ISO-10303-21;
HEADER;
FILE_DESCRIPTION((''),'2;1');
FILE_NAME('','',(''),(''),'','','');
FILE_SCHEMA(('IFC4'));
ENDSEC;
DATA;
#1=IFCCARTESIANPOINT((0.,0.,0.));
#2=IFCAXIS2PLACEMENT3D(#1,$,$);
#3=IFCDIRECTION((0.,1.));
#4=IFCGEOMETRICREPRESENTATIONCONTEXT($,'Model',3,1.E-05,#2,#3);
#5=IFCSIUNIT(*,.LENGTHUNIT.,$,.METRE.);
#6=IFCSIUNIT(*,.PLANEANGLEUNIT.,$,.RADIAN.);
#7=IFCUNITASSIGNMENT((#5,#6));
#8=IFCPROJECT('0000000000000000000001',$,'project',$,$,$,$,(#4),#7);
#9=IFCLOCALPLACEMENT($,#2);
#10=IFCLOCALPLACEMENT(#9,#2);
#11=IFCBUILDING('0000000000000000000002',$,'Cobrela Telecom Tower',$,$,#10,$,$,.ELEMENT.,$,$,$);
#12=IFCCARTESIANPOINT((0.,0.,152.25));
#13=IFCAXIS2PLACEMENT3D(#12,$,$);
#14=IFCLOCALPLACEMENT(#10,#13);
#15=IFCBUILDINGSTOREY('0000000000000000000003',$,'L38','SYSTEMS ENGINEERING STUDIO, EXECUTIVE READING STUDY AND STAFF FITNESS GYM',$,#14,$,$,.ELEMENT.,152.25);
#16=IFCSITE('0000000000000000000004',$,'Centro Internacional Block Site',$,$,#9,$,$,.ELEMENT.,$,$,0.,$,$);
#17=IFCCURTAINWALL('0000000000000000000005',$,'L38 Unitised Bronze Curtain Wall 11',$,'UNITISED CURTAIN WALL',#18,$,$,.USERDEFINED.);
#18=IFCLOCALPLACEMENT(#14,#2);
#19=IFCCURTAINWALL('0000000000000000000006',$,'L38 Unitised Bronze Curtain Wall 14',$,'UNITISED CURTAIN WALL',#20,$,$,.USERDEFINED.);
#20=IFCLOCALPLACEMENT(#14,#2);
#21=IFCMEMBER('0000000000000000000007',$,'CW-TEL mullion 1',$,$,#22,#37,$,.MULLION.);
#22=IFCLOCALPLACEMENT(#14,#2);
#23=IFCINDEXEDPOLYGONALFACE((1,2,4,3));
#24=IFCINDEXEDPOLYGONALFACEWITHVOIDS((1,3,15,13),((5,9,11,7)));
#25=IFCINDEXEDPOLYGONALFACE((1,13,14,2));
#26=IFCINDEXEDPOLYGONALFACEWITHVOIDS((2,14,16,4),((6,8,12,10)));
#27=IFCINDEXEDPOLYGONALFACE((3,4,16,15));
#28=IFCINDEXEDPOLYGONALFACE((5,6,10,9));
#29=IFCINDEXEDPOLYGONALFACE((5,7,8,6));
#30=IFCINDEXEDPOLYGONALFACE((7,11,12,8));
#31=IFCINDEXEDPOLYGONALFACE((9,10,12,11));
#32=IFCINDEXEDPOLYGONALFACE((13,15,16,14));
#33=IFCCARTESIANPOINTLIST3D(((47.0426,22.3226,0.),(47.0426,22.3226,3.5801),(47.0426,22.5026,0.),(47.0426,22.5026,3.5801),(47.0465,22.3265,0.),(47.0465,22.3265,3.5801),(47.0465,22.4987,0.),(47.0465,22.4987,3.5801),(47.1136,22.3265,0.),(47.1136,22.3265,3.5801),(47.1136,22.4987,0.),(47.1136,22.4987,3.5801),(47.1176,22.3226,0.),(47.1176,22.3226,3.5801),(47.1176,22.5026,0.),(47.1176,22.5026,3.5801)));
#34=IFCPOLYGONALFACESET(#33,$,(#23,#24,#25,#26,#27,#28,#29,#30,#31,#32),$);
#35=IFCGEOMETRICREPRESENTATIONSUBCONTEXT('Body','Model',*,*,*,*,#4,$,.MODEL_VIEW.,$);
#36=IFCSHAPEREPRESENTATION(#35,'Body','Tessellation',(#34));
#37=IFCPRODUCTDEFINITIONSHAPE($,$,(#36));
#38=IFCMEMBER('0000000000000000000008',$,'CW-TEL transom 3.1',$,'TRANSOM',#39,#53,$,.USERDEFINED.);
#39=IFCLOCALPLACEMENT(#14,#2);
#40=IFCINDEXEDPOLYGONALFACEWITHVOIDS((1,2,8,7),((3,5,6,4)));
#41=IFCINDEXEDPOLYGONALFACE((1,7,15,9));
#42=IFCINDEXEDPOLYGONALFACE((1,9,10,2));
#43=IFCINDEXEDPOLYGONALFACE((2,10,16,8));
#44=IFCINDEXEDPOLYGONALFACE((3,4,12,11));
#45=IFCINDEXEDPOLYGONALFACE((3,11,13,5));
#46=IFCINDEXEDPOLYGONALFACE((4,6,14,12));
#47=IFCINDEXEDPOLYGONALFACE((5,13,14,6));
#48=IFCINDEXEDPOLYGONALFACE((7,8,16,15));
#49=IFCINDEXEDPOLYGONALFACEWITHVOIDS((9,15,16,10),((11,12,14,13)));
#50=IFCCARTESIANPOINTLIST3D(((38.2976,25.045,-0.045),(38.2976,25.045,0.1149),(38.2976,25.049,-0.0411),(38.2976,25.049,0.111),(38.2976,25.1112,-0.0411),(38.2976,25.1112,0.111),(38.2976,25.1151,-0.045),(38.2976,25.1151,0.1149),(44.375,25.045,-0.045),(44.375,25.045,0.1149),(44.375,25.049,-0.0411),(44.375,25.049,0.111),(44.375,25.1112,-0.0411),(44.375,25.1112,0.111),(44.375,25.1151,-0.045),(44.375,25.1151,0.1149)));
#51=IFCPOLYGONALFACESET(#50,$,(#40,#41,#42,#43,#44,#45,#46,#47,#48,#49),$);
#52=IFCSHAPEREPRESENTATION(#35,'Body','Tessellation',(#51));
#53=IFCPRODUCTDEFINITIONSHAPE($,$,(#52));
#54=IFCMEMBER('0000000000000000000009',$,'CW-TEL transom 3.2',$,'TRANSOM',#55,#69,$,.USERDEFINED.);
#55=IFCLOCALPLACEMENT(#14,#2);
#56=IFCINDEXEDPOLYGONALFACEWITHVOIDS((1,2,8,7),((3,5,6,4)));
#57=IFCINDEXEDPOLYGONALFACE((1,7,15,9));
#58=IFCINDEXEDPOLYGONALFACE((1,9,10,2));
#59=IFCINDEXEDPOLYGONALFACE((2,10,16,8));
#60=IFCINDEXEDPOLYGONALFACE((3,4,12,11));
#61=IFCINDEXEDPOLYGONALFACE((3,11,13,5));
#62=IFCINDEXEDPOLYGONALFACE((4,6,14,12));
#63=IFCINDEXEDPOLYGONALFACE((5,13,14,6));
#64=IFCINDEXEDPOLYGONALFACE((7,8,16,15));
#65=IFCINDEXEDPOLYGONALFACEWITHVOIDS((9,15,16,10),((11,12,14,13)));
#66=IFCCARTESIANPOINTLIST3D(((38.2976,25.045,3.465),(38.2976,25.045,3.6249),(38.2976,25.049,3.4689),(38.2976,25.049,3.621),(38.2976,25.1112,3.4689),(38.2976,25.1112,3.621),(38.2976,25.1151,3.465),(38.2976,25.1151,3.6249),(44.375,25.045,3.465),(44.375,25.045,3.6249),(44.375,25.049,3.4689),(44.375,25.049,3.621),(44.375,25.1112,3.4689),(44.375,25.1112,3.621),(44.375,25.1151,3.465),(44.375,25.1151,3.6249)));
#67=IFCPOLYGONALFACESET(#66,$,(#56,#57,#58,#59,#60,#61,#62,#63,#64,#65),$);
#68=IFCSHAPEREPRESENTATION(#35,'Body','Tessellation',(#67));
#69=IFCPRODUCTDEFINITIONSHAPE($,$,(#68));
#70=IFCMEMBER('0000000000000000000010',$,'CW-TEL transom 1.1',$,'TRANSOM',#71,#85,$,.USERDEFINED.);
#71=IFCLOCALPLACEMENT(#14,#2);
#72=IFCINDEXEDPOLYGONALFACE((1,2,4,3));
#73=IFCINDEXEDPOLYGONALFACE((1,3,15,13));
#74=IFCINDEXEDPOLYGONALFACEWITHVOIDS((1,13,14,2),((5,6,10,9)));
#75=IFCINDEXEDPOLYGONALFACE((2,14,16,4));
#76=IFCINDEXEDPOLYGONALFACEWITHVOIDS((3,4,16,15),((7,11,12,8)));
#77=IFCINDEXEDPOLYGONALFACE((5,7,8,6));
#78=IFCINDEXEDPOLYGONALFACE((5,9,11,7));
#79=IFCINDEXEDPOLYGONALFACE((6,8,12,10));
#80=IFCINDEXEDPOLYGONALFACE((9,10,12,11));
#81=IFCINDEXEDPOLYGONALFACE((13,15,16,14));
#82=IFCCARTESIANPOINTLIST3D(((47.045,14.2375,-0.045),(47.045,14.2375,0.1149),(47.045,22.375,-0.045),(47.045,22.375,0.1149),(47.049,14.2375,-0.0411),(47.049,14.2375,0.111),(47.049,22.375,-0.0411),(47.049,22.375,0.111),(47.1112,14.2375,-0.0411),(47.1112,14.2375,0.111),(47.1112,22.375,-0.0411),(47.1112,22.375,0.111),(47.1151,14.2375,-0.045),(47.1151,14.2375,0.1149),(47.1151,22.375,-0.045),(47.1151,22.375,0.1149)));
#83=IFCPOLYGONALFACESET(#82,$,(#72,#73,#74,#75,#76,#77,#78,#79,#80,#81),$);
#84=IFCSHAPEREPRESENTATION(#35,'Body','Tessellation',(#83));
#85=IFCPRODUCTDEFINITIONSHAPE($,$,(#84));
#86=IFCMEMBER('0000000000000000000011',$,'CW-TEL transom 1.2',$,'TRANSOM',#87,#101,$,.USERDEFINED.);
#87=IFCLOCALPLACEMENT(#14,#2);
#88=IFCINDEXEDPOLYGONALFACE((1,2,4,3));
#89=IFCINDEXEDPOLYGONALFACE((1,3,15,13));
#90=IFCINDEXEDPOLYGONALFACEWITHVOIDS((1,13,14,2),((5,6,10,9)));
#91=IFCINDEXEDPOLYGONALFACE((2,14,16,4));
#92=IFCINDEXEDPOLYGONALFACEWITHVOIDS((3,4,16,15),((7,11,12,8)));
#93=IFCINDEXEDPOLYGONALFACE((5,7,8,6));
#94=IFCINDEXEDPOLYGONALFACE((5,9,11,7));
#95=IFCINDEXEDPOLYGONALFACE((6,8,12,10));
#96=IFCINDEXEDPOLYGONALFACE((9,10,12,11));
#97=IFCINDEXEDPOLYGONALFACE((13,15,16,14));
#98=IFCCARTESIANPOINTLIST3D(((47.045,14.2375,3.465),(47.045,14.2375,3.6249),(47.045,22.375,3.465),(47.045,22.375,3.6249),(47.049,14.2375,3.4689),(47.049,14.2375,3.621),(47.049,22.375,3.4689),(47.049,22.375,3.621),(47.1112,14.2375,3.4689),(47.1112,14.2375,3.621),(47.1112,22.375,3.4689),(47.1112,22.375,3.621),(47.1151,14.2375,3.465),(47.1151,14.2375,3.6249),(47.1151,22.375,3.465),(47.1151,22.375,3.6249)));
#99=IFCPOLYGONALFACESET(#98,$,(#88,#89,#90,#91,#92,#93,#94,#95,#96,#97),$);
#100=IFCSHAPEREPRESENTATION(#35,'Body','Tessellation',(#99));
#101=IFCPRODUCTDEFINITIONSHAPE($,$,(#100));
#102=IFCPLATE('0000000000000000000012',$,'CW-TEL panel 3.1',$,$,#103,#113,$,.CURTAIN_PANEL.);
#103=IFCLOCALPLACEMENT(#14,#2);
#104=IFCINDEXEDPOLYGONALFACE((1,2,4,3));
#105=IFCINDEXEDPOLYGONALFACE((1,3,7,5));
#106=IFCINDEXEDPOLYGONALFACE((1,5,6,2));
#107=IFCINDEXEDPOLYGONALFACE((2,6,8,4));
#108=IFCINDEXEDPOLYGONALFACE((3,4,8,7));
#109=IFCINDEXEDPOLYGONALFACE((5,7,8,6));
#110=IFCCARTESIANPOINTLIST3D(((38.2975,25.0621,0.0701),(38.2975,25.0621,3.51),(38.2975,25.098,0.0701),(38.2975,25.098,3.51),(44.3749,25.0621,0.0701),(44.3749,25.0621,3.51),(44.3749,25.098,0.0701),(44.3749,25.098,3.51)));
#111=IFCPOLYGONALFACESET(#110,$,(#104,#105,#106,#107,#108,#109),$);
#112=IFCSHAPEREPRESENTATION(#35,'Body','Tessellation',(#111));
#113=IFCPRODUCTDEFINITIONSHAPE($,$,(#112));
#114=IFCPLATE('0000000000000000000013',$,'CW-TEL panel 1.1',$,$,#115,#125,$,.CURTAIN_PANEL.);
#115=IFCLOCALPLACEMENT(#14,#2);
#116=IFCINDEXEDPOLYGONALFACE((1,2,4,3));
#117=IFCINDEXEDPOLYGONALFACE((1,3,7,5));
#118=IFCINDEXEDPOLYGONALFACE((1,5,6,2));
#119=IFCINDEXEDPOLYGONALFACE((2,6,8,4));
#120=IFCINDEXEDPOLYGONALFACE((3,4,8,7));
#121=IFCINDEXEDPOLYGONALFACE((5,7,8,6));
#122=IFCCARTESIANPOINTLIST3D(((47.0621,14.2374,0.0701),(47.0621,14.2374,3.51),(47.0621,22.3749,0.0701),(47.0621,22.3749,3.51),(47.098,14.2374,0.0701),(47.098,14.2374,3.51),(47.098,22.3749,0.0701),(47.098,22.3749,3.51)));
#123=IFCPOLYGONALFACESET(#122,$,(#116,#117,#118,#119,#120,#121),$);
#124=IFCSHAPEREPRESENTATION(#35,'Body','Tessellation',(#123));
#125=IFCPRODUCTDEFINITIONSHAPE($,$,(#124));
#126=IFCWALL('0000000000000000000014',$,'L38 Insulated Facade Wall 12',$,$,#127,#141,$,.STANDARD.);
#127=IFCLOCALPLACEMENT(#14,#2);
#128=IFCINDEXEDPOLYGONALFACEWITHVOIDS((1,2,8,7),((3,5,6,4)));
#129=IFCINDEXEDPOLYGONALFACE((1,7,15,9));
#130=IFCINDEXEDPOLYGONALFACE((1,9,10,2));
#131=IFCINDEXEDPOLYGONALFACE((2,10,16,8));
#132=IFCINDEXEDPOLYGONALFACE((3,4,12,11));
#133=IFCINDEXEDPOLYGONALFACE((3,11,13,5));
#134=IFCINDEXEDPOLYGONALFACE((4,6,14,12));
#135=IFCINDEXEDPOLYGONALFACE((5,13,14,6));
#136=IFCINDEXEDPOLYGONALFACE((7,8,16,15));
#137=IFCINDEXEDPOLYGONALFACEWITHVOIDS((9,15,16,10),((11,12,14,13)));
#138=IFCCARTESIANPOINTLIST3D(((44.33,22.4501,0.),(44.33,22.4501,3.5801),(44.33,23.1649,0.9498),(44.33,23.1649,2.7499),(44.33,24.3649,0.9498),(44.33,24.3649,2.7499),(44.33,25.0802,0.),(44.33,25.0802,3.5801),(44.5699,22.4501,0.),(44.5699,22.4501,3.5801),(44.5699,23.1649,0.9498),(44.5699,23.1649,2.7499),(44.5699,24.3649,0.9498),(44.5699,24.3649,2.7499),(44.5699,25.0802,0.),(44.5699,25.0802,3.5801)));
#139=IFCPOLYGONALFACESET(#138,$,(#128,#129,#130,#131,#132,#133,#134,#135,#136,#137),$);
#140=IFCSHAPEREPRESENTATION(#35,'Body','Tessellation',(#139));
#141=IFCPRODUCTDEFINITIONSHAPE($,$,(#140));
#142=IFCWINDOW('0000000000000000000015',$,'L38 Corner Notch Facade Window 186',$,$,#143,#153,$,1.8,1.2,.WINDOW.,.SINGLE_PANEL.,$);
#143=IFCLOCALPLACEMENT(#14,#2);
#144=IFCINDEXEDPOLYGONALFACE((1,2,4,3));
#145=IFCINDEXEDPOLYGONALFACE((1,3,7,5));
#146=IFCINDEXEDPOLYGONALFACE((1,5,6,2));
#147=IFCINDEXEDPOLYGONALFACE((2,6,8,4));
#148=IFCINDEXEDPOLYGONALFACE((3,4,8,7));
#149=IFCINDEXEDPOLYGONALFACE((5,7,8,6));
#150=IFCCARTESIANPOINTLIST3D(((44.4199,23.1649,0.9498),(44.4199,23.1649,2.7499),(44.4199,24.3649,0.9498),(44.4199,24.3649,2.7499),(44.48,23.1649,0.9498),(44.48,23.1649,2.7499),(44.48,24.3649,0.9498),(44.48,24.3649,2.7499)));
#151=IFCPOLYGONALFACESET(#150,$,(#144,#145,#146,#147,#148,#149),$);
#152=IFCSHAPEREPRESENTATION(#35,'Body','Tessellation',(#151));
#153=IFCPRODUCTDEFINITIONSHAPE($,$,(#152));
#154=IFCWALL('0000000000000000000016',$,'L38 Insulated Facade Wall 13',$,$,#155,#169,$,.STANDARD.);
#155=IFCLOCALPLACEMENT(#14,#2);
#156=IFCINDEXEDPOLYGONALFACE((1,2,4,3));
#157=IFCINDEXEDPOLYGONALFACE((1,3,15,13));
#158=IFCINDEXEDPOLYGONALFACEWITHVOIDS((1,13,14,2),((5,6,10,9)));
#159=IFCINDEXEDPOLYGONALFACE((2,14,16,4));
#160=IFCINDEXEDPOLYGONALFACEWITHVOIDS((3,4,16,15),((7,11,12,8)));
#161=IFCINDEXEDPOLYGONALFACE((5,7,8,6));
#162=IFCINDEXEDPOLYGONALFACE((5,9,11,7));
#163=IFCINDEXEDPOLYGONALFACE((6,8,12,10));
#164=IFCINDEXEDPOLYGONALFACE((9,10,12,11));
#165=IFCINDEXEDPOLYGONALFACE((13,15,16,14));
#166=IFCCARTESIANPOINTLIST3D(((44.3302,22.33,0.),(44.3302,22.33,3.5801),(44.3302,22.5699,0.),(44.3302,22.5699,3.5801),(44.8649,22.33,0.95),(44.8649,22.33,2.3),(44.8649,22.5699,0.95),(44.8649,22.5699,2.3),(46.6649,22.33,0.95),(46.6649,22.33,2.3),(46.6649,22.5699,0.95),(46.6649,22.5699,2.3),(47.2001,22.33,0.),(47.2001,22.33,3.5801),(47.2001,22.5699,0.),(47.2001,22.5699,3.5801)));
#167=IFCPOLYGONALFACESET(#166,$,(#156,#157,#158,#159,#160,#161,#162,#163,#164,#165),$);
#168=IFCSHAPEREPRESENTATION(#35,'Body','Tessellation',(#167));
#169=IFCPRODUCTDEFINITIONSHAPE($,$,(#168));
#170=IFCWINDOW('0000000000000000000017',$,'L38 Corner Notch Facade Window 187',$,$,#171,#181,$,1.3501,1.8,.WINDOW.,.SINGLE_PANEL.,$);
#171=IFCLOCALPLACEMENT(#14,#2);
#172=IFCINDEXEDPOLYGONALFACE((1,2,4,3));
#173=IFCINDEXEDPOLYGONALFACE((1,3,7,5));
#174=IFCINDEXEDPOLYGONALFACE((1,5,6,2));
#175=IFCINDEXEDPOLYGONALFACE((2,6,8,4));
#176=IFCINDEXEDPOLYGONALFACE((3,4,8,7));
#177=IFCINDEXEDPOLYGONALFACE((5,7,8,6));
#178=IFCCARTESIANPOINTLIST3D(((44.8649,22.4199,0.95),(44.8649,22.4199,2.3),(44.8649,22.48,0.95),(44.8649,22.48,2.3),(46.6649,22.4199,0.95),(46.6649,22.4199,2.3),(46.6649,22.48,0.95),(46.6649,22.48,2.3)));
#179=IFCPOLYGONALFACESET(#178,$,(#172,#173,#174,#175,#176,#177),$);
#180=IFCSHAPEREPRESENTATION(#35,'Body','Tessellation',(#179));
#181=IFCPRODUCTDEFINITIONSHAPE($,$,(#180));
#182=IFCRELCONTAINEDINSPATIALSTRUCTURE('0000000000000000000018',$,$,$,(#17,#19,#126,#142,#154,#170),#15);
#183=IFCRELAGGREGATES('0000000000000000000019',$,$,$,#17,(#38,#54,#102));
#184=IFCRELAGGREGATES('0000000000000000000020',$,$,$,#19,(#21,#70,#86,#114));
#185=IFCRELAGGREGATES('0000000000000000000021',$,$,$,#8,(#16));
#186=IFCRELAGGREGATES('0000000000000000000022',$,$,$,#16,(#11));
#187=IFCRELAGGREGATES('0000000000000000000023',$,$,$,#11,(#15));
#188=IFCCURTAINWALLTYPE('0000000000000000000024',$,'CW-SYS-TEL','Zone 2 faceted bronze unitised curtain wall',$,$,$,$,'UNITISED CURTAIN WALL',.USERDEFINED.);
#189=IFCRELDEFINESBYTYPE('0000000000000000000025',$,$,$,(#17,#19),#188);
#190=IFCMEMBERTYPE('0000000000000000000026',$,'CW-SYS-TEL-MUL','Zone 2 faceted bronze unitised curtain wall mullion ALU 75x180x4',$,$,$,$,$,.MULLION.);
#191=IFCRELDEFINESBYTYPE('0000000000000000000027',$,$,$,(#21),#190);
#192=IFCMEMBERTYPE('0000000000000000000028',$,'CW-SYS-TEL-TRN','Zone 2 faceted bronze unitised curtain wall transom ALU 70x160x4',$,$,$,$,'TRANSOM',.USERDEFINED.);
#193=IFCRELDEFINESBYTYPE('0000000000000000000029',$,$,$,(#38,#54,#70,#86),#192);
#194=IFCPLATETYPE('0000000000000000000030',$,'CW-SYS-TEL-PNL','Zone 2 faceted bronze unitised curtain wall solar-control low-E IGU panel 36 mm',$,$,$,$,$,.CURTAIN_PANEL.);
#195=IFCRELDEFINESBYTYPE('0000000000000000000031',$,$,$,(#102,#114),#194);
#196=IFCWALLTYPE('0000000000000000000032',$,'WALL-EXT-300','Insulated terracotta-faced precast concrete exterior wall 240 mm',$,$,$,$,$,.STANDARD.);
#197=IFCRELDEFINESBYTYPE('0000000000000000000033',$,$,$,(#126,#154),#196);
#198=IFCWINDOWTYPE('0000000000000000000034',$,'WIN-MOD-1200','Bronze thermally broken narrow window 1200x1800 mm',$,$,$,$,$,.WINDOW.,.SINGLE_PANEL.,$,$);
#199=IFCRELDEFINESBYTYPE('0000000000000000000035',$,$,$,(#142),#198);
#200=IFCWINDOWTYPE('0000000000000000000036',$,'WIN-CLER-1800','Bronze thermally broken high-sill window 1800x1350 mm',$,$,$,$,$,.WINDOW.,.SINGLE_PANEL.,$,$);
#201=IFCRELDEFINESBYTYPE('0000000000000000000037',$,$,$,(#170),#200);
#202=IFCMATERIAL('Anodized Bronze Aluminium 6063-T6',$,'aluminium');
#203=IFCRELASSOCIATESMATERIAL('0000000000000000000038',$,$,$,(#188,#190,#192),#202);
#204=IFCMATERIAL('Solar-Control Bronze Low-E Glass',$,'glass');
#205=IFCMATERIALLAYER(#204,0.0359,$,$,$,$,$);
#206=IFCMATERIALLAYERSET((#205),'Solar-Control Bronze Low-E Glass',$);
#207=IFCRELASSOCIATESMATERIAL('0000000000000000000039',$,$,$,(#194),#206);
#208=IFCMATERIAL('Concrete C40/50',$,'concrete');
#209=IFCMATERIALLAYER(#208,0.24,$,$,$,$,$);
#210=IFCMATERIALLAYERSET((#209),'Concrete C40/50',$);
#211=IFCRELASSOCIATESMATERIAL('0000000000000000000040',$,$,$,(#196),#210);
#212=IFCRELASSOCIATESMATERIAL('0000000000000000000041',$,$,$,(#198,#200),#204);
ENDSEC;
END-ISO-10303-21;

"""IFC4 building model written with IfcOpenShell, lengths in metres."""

from ifc_helpers import new_model, si_unit, direction, frame, frame_2d, origin, origin_2d, place, context, subcontext, project, spatial, rectangle, hollow_rectangle, extrude, material, layer, layer_set, material_profile, profile_set, type_object, element, fill, aggregate, save


model = new_model("IFC4")

# Units and contexts
model_context = context("Model", 3, precision=1e-05, world=origin(), true_north=direction((0.0, 1.0)))
body_context = subcontext(model_context, "Body", "Model", "MODEL_VIEW")
ifc_project = project(units=[si_unit("LENGTHUNIT", "METRE"), si_unit("PLANEANGLEUNIT", "RADIAN")], contexts=[model_context])

# Site, building, storey
site_placement = place(None, origin())
site = spatial("IfcSite", under=ifc_project, at=site_placement, Name="Centro Internacional Block Site", CompositionType="ELEMENT", RefElevation=0.0)
building_placement = place(site_placement, origin())
building = spatial("IfcBuilding", under=site, at=building_placement, Name="Cobrela Telecom Tower", CompositionType="ELEMENT")
storey_placement = place(building_placement, frame((0.0, 0.0, 152.25)))
storey = spatial("IfcBuildingStorey", under=building, at=storey_placement, Name="L38", Description="SYSTEMS ENGINEERING STUDIO, EXECUTIVE READING STUDY AND STAFF FITNESS GYM", CompositionType="ELEMENT", Elevation=152.25)

# Curtain wall
ifc_material_1 = material(Name="Anodized Bronze Aluminium 6063-T6", Category="aluminium")
curtain_wall_type = type_object("IfcCurtainWallType", Name="CW-SYS-TEL", Description="Zone 2 faceted bronze unitised curtain wall", ElementType="UNITISED CURTAIN WALL", PredefinedType="USERDEFINED", material=ifc_material_1)
curtain_wall_1_placement = place(storey_placement, origin())
curtain_wall_1 = element("IfcCurtainWall", 1, at=curtain_wall_1_placement, inside=storey, type_object=curtain_wall_type, Name="L38 Unitised Bronze Curtain Wall 11", ObjectType="UNITISED CURTAIN WALL", PredefinedType="USERDEFINED")
ifc_material_profile_1 = material_profile(ifc_material_1, hollow_rectangle(XDim=0.075, YDim=0.1799, WallThickness=0.0039, at=origin_2d()), Name="ALU 75x180x4")
ifc_profile_set_1 = profile_set([ifc_material_profile_1], Name="Anodized Bronze Aluminium 6063-T6")
member_type_1 = type_object("IfcMemberType", Name="CW-SYS-TEL-MUL", Description="Zone 2 faceted bronze unitised curtain wall mullion ALU 75x180x4", PredefinedType="MULLION", material=ifc_profile_set_1)

# Curtain wall, member
curtain_wall_2_placement = place(storey_placement, origin())
curtain_wall_2 = element("IfcCurtainWall", 2, at=curtain_wall_2_placement, inside=storey, type_object=curtain_wall_type, Name="L38 Unitised Bronze Curtain Wall 14", ObjectType="UNITISED CURTAIN WALL", PredefinedType="USERDEFINED")
member_1_placement = place(storey_placement, frame((47.0801, 22.4126, 0.0), z_axis=(0.0, 0.0, 1.0), x_axis=(1.0, 0.0, 0.0)))
member_1 = element("IfcMember", 3, at=member_1_placement, type_object=member_type_1, Name="CW-TEL mullion 1", PredefinedType="MULLION", context=body_context, shape_type="SweptSolid", body=[
    extrude(hollow_rectangle(XDim=0.075, YDim=0.1799, WallThickness=0.0039, at=origin_2d()), origin(), (0.0, 0.0, 1.0), 3.5801),
])

# Members
ifc_material_profile_2 = material_profile(ifc_material_1, hollow_rectangle(XDim=0.0701, YDim=0.1599, WallThickness=0.0039, at=origin_2d()), Name="ALU 70x160x4")
ifc_profile_set_2 = profile_set([ifc_material_profile_2], Name="Anodized Bronze Aluminium 6063-T6")
member_type_2 = type_object("IfcMemberType", Name="CW-SYS-TEL-TRN", Description="Zone 2 faceted bronze unitised curtain wall transom ALU 70x160x4", ElementType="TRANSOM", PredefinedType="USERDEFINED", material=ifc_profile_set_2)
member_2_placement = place(storey_placement, frame((38.2976, 25.0801, 0.0349), z_axis=(1.0, 0.0, 0.0), x_axis=(0.0, 1.0, 0.0)))
member_2 = element("IfcMember", 4, at=member_2_placement, type_object=member_type_2, Name="CW-TEL transom 3.1", ObjectType="TRANSOM", PredefinedType="USERDEFINED", context=body_context, shape_type="SweptSolid", body=[
    extrude(hollow_rectangle(XDim=0.0701, YDim=0.1599, WallThickness=0.0039, at=origin_2d()), origin(), (0.0, 0.0, 1.0), 6.0774),
])
member_3_placement = place(storey_placement, frame((38.2976, 25.0801, 3.5449), z_axis=(1.0, 0.0, 0.0), x_axis=(0.0, 1.0, 0.0)))
member_3 = element("IfcMember", 5, at=member_3_placement, type_object=member_type_2, Name="CW-TEL transom 3.2", ObjectType="TRANSOM", PredefinedType="USERDEFINED", context=body_context, shape_type="SweptSolid", body=[
    extrude(hollow_rectangle(XDim=0.0701, YDim=0.1599, WallThickness=0.0039, at=origin_2d()), origin(), (0.0, 0.0, 1.0), 6.0774),
])
member_4_placement = place(storey_placement, frame((47.0801, 22.375, 0.0349), z_axis=(0.0, -1.0, 0.0), x_axis=(1.0, 0.0, 0.0)))
member_4 = element("IfcMember", 6, at=member_4_placement, type_object=member_type_2, Name="CW-TEL transom 1.1", ObjectType="TRANSOM", PredefinedType="USERDEFINED", context=body_context, shape_type="SweptSolid", body=[
    extrude(hollow_rectangle(XDim=0.0701, YDim=0.1599, WallThickness=0.0039, at=origin_2d()), origin(), (0.0, 0.0, 1.0), 8.1375),
])
member_5_placement = place(storey_placement, frame((47.0801, 22.375, 3.5449), z_axis=(0.0, -1.0, 0.0), x_axis=(1.0, 0.0, 0.0)))
member_5 = element("IfcMember", 7, at=member_5_placement, type_object=member_type_2, Name="CW-TEL transom 1.2", ObjectType="TRANSOM", PredefinedType="USERDEFINED", context=body_context, shape_type="SweptSolid", body=[
    extrude(hollow_rectangle(XDim=0.0701, YDim=0.1599, WallThickness=0.0039, at=origin_2d()), origin(), (0.0, 0.0, 1.0), 8.1375),
])

# Plates
ifc_material_2 = material(Name="Solar-Control Bronze Low-E Glass", Category="glass")
ifc_layer_1 = layer(ifc_material_2, 0.0359)
ifc_layer_set_1 = layer_set([ifc_layer_1], Name="Solar-Control Bronze Low-E Glass")
plate_type = type_object("IfcPlateType", Name="CW-SYS-TEL-PNL", Description="Zone 2 faceted bronze unitised curtain wall solar-control low-E IGU panel 36 mm", PredefinedType="CURTAIN_PANEL", material=ifc_layer_set_1)
plate_1_placement = place(storey_placement, frame((41.3362, 25.0801, 0.0701), z_axis=(0.0, 0.0, 1.0), x_axis=(1.0, 0.0, 0.0)))
plate_1 = element("IfcPlate", 8, at=plate_1_placement, type_object=plate_type, Name="CW-TEL panel 3.1", PredefinedType="CURTAIN_PANEL", context=body_context, shape_type="SweptSolid", body=[
    extrude(rectangle(XDim=6.0774, YDim=0.0359, at=origin_2d()), origin(), (0.0, 0.0, 1.0), 3.4399),
])
aggregate(curtain_wall_1, [member_2, member_3, plate_1])
plate_2_placement = place(storey_placement, frame((47.0801, 18.3062, 0.0701), z_axis=(0.0, 0.0, 1.0), x_axis=(0.0, -1.0, 0.0)))
plate_2 = element("IfcPlate", 9, at=plate_2_placement, type_object=plate_type, Name="CW-TEL panel 1.1", PredefinedType="CURTAIN_PANEL", context=body_context, shape_type="SweptSolid", body=[
    extrude(rectangle(XDim=8.1375, YDim=0.0359, at=origin_2d()), origin(), (0.0, 0.0, 1.0), 3.4399),
])
aggregate(curtain_wall_2, [member_1, member_4, member_5, plate_2])

# Walls, openings, windows
ifc_material_3 = material(Name="Concrete C40/50", Category="concrete")
ifc_layer_2 = layer(ifc_material_3, 0.24)
ifc_layer_set_2 = layer_set([ifc_layer_2], Name="Concrete C40/50")
wall_type_1 = type_object("IfcWallType", Name="WALL-EXT-300", Description="Insulated terracotta-faced precast concrete exterior wall 240 mm", PredefinedType="STANDARD", material=ifc_layer_set_2)
wall_1_placement = place(storey_placement, frame((44.45, 25.0801, 0.0), z_axis=(0.0, 0.0, 1.0), x_axis=(0.0, -1.0, 0.0)))
wall_1 = element("IfcWall", 10, at=wall_1_placement, inside=storey, type_object=wall_type_1, Name="L38 Insulated Facade Wall 12", PredefinedType="STANDARD", context=body_context, shape_type="SweptSolid", body=[
    extrude(rectangle(XDim=2.6301, YDim=0.24, at=frame_2d((1.3149, 0.0))), origin(), (0.0, 0.0, 1.0), 3.5801),
])
opening_1_placement = place(wall_1_placement, frame((0.7151, 0.0, 0.95)))
opening_1 = element("IfcOpeningElement", 11, at=opening_1_placement, cuts=wall_1, PredefinedType="OPENING", context=body_context, shape_type="SweptSolid", body=[
    extrude(rectangle(XDim=1.2, YDim=1.8, at=frame_2d((0.6001, 0.8999))), frame((0.0, 0.1318, 0.0), z_axis=(0.0, -1.0, 0.0), x_axis=(1.0, 0.0, 0.0)), (0.0, 0.0, 1.0), 0.2639),
])
window_type_1 = type_object("IfcWindowType", Name="WIN-MOD-1200", Description="Bronze thermally broken narrow window 1200x1800 mm", PartitioningType="SINGLE_PANEL", PredefinedType="WINDOW", material=ifc_material_2)
window_1_placement = place(opening_1_placement, origin())
window_1 = element("IfcWindow", 12, at=window_1_placement, inside=storey, type_object=window_type_1, Name="L38 Corner Notch Facade Window 186", OverallHeight=1.8, OverallWidth=1.2, PartitioningType="SINGLE_PANEL", PredefinedType="WINDOW", context=body_context, shape_type="SweptSolid", body=[
    extrude(rectangle(XDim=1.2, YDim=1.8, at=frame_2d((0.6001, 0.8999))), frame((0.0, 0.03, 0.0), z_axis=(0.0, -1.0, 0.0), x_axis=(1.0, 0.0, 0.0)), (0.0, 0.0, 1.0), 0.0601),
])
fill(opening_1, window_1)
wall_2_placement = place(storey_placement, frame((44.3301, 22.45, 0.0), z_axis=(0.0, 0.0, 1.0), x_axis=(1.0, 0.0, 0.0)))
wall_2 = element("IfcWall", 13, at=wall_2_placement, inside=storey, type_object=wall_type_1, Name="L38 Insulated Facade Wall 13", PredefinedType="STANDARD", context=body_context, shape_type="SweptSolid", body=[
    extrude(rectangle(XDim=2.8699, YDim=0.24, at=frame_2d((1.4351, 0.0))), origin(), (0.0, 0.0, 1.0), 3.5801),
])
opening_2_placement = place(wall_2_placement, frame((0.5349, 0.0, 0.95)))
opening_2 = element("IfcOpeningElement", 14, at=opening_2_placement, cuts=wall_2, PredefinedType="OPENING", context=body_context, shape_type="SweptSolid", body=[
    extrude(rectangle(XDim=1.8, YDim=1.3501, at=frame_2d((0.8999, 0.675))), frame((0.0, 0.1318, 0.0), z_axis=(0.0, -1.0, 0.0), x_axis=(1.0, 0.0, 0.0)), (0.0, 0.0, 1.0), 0.2639),
])
window_type_2 = type_object("IfcWindowType", Name="WIN-CLER-1800", Description="Bronze thermally broken high-sill window 1800x1350 mm", PartitioningType="SINGLE_PANEL", PredefinedType="WINDOW", material=ifc_material_2)
window_2_placement = place(opening_2_placement, origin())
window_2 = element("IfcWindow", 15, at=window_2_placement, inside=storey, type_object=window_type_2, Name="L38 Corner Notch Facade Window 187", OverallHeight=1.3501, OverallWidth=1.8, PartitioningType="SINGLE_PANEL", PredefinedType="WINDOW", context=body_context, shape_type="SweptSolid", body=[
    extrude(rectangle(XDim=1.8, YDim=1.3501, at=frame_2d((0.8999, 0.675))), frame((0.0, 0.03, 0.0), z_axis=(0.0, -1.0, 0.0), x_axis=(1.0, 0.0, 0.0)), (0.0, 0.0, 1.0), 0.0601),
])
fill(opening_2, window_2)

save(model, "model.ifc")
